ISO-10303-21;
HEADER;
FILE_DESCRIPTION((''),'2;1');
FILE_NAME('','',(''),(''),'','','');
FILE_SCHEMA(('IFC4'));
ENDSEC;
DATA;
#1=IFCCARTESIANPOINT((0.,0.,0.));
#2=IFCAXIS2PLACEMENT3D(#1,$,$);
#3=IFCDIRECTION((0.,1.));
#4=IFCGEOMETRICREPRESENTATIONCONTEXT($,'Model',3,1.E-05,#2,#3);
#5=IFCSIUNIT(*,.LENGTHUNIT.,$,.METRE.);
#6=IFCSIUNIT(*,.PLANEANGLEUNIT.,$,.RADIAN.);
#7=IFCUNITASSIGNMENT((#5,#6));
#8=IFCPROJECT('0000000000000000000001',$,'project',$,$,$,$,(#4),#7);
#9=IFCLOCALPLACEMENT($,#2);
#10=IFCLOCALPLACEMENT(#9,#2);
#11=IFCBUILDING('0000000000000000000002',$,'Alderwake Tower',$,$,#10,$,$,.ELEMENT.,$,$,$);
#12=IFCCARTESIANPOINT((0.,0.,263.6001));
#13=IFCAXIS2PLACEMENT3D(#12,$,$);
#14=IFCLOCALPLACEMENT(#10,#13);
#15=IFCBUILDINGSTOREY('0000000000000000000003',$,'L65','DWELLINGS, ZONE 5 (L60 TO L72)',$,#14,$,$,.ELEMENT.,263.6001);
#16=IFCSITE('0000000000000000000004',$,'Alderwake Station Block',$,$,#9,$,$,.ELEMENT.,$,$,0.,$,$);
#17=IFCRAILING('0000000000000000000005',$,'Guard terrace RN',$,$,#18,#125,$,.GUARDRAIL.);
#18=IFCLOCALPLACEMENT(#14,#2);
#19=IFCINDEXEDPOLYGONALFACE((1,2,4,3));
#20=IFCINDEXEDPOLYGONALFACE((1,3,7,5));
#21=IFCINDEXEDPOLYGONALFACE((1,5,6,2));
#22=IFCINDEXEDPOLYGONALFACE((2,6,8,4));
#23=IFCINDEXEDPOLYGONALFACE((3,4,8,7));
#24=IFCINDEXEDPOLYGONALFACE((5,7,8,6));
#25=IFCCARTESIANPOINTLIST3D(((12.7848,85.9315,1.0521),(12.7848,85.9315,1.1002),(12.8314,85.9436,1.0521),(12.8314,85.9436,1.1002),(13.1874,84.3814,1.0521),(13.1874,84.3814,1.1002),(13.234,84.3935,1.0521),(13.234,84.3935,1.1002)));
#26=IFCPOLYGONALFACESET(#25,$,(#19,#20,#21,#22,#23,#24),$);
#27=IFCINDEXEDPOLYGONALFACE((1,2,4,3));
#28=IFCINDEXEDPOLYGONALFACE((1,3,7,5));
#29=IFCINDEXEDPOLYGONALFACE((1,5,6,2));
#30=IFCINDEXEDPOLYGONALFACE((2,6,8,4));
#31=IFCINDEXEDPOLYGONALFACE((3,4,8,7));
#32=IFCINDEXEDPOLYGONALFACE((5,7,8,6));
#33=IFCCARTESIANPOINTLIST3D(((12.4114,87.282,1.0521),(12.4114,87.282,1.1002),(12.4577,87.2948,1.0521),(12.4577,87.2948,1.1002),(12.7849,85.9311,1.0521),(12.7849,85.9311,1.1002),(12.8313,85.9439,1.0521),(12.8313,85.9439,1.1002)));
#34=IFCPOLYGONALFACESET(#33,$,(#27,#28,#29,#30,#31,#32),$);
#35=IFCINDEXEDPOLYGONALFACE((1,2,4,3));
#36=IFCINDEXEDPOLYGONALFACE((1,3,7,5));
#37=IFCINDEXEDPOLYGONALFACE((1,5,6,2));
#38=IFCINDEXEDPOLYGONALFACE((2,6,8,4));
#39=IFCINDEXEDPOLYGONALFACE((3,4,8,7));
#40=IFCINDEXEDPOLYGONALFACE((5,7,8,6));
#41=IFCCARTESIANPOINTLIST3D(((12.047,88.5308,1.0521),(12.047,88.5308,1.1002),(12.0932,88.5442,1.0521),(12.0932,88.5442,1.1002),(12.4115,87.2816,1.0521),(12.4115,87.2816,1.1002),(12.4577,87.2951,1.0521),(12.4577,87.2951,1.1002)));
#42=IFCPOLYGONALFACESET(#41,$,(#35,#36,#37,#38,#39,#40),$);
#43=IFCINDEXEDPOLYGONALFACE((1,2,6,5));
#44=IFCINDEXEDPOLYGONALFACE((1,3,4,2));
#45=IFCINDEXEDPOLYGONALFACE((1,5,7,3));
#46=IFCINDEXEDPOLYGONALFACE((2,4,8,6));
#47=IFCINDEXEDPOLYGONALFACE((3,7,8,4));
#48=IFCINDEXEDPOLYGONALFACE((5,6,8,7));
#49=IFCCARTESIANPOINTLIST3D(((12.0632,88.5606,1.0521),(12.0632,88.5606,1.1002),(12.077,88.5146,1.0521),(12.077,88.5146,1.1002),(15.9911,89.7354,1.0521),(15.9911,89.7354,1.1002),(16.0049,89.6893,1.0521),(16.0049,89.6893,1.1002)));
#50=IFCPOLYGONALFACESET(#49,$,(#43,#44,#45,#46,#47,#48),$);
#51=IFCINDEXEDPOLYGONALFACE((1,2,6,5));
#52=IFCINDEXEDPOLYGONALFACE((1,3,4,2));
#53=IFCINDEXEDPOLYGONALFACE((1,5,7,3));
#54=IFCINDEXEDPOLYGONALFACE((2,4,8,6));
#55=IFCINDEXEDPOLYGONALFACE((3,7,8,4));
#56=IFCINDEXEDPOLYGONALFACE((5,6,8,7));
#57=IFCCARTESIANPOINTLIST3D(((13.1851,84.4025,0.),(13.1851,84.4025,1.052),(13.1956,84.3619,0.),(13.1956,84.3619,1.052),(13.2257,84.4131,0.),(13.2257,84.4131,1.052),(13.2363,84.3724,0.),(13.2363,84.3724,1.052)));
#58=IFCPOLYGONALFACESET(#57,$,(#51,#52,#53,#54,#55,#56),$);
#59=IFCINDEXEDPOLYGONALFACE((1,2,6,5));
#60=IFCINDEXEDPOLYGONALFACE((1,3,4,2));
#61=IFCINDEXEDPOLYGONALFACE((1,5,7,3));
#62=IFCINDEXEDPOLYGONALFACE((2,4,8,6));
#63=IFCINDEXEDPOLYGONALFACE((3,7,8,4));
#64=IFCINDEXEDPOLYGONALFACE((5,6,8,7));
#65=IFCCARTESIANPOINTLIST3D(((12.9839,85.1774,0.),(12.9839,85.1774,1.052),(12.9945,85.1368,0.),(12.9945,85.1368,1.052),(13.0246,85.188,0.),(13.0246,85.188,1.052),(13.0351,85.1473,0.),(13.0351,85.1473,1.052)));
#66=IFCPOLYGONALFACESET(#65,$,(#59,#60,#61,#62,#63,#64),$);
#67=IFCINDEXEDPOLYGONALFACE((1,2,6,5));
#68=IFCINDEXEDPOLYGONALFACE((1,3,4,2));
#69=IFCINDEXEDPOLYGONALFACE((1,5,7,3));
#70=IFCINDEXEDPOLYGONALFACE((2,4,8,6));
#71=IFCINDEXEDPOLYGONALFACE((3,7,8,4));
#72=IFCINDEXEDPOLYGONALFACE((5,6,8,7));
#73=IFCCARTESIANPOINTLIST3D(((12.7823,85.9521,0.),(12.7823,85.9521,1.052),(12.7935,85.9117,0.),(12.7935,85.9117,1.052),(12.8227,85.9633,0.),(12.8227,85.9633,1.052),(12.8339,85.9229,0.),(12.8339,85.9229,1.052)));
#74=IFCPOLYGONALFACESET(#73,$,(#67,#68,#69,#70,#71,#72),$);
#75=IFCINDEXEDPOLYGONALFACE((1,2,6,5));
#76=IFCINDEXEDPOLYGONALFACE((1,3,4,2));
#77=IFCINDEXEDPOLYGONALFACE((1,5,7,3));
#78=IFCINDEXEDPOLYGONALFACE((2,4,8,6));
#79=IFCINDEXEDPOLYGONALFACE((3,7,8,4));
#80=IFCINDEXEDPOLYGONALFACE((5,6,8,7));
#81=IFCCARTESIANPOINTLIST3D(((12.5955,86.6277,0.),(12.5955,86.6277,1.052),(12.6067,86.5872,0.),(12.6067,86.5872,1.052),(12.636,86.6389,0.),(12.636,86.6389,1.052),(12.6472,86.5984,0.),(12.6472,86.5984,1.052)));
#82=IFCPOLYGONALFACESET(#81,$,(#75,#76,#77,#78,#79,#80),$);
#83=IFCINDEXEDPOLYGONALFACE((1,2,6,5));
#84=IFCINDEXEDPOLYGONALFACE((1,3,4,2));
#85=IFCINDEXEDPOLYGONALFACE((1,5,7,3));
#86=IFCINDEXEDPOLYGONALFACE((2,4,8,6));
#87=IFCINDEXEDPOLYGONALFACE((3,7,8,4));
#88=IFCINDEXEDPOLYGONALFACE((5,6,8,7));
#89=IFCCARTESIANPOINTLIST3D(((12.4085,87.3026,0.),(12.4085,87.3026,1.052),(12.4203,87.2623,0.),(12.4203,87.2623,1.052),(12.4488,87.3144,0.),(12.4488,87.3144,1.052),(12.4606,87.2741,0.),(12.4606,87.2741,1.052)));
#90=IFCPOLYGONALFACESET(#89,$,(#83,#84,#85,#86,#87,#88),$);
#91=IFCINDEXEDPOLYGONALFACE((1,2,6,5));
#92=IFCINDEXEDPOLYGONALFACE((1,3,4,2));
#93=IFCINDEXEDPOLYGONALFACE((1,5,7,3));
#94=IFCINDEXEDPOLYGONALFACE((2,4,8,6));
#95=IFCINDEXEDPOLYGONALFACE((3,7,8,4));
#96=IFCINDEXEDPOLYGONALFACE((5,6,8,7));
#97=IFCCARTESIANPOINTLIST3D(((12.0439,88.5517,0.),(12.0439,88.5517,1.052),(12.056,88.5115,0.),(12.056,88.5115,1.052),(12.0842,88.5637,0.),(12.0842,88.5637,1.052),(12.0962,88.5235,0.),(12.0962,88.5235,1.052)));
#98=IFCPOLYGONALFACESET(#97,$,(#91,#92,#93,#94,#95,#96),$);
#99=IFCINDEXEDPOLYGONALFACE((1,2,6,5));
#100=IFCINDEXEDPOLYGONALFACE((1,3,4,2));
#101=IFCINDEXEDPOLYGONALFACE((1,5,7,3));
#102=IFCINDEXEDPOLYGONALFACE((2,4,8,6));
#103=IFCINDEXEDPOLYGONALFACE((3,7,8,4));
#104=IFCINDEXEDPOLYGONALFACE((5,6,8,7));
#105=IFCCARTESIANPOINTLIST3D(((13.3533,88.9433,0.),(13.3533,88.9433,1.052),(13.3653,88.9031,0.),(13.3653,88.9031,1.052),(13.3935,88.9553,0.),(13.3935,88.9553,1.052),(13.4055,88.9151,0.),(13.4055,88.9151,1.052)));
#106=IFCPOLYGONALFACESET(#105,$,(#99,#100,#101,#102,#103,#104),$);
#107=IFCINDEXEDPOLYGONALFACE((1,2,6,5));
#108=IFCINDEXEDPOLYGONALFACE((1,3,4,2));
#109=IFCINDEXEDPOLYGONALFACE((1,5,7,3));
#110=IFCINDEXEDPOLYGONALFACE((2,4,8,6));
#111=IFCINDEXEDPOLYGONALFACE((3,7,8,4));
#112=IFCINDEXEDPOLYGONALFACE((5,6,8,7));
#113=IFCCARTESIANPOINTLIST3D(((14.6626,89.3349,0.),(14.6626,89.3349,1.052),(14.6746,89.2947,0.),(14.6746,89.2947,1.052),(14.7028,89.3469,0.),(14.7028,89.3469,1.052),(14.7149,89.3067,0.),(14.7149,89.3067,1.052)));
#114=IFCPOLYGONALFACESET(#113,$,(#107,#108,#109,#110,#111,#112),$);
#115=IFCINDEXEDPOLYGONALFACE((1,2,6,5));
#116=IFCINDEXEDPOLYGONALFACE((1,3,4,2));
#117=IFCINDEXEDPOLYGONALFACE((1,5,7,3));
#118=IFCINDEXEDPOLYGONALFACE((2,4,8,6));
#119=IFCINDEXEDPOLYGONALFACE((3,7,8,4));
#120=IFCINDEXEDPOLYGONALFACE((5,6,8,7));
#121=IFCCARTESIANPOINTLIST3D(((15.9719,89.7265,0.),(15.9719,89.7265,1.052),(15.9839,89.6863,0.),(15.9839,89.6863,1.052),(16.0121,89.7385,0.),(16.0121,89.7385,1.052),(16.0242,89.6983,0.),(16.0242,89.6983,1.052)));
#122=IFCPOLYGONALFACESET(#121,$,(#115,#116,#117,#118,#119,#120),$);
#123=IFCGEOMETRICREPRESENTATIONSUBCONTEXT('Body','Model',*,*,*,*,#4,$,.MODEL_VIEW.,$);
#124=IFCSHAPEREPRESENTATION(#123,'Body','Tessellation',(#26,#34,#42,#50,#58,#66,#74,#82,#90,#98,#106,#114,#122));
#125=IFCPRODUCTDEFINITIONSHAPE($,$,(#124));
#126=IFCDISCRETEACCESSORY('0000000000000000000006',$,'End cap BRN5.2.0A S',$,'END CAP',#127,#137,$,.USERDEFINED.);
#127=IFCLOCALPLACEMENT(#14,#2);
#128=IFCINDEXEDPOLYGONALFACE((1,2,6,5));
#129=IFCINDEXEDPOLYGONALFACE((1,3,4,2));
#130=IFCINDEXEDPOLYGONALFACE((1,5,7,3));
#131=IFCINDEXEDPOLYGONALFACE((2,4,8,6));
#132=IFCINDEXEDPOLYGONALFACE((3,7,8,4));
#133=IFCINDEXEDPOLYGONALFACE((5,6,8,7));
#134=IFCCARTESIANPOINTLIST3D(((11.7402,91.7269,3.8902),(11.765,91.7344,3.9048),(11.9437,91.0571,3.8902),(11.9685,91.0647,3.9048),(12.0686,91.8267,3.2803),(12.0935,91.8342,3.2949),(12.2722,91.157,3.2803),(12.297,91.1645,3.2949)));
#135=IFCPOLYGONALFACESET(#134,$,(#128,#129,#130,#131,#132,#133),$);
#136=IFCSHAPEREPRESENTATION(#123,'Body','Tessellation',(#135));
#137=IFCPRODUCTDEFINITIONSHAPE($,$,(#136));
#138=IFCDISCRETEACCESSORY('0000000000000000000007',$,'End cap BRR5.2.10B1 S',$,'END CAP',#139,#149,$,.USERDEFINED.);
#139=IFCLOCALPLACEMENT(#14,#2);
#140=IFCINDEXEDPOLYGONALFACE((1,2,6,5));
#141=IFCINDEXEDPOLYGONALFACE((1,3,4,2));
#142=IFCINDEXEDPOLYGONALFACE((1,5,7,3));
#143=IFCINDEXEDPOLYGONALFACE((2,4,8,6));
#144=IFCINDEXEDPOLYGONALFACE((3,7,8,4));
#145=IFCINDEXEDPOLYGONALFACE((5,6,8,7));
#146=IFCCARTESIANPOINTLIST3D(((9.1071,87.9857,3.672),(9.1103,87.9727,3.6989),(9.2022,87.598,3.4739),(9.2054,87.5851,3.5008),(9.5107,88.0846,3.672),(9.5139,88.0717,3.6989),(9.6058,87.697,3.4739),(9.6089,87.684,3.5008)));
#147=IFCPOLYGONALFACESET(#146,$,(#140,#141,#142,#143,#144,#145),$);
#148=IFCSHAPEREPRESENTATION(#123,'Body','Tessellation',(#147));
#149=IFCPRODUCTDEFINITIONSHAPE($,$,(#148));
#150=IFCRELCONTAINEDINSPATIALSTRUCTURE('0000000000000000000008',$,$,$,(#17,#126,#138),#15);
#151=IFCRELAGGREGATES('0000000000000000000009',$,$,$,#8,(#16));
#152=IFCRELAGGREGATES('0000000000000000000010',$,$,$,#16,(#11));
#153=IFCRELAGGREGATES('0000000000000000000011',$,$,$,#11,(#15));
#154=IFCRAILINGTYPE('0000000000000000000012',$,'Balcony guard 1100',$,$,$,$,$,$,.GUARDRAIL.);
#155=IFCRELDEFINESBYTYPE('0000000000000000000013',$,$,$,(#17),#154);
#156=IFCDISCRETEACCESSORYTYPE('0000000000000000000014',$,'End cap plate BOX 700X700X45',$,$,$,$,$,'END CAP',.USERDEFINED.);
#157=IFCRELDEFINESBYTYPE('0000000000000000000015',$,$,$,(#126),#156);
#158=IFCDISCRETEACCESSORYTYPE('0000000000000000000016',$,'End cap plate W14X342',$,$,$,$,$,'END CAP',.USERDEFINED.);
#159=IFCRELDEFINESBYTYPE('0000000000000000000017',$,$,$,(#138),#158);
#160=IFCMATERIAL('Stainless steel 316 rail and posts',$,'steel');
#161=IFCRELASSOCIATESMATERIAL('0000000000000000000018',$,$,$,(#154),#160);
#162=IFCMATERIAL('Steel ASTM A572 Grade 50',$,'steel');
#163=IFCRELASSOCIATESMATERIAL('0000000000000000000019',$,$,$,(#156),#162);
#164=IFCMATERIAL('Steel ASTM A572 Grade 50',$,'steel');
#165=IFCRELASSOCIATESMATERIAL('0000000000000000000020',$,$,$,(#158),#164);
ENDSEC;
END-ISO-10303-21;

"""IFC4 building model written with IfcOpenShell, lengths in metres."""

from ifc_helpers import new_model, si_unit, direction, frame, origin, origin_2d, place, context, subcontext, project, spatial, rectangle, extrude, material, material_profile, profile_set, type_object, element, save


model = new_model("IFC4")

# Units and contexts
model_context = context("Model", 3, precision=1e-05, world=origin(), true_north=direction((0.0, 1.0)))
body_context = subcontext(model_context, "Body", "Model", "MODEL_VIEW")
ifc_project = project(units=[si_unit("LENGTHUNIT", "METRE"), si_unit("PLANEANGLEUNIT", "RADIAN")], contexts=[model_context])

# Site, building, storey
site_placement = place(None, origin())
site = spatial("IfcSite", under=ifc_project, at=site_placement, Name="Alderwake Station Block", CompositionType="ELEMENT", RefElevation=0.0)
building_placement = place(site_placement, origin())
building = spatial("IfcBuilding", under=site, at=building_placement, Name="Alderwake Tower", CompositionType="ELEMENT")
storey_placement = place(building_placement, frame((0.0, 0.0, 263.6001)))
storey = spatial("IfcBuildingStorey", under=building, at=storey_placement, Name="L65", Description="DWELLINGS, ZONE 5 (L60 TO L72)", CompositionType="ELEMENT", Elevation=263.6001)

# Railing
ifc_material_1 = material(Name="Stainless steel 316 rail and posts", Category="steel")
railing_type = type_object("IfcRailingType", Name="Balcony guard 1100", PredefinedType="GUARDRAIL", material=ifc_material_1)
railing_placement = place(storey_placement, frame((13.2107, 84.3875, 0.0)))
element("IfcRailing", 1, at=railing_placement, inside=storey, type_object=railing_type, Name="Guard terrace RN", PredefinedType="GUARDRAIL", context=body_context, shape_type="SweptSolid", body=[
    extrude(rectangle(XDim=0.0481, YDim=0.0481, at=origin_2d()), frame((0.0, 0.0, 1.0762), z_axis=(-0.251385, 0.967887, 0.0), x_axis=(-0.967887, -0.251385, 0.0)), (0.0, 0.0, 1.0), 1.6016),
    extrude(rectangle(XDim=0.0481, YDim=0.0481, at=origin_2d()), frame((-0.4026, 1.55, 1.0762), z_axis=(-0.266521, 0.963829, 0.0), x_axis=(-0.963829, -0.266521, 0.0)), (0.0, 0.0, 1.0), 1.4016),
    extrude(rectangle(XDim=0.0481, YDim=0.0481, at=origin_2d()), frame((-0.7761, 2.9009, 1.0762), z_axis=(-0.280094, 0.959973, 0.0), x_axis=(-0.959973, -0.280094, 0.0)), (0.0, 0.0, 1.0), 1.3013),
    extrude(rectangle(XDim=0.0481, YDim=0.0481, at=origin_2d()), frame((-1.1406, 4.1501, 1.0762), z_axis=(0.958067, 0.286545, 0.0), x_axis=(-0.286545, 0.958067, 0.0)), (0.0, 0.0, 1.0), 4.0999),
    extrude(rectangle(XDim=0.042, YDim=0.042, at=origin_2d()), frame((0.0, 0.0, 0.0), z_axis=(0.0, 0.0, 1.0), x_axis=(-0.251385, 0.967887, 0.0)), (0.0, 0.0, 1.0), 1.052),
    extrude(rectangle(XDim=0.042, YDim=0.042, at=origin_2d()), frame((-0.2012, 0.7749, 0.0), z_axis=(0.0, 0.0, 1.0), x_axis=(-0.251385, 0.967887, 0.0)), (0.0, 0.0, 1.0), 1.052),
    extrude(rectangle(XDim=0.042, YDim=0.042, at=origin_2d()), frame((-0.4026, 1.55, 0.0), z_axis=(0.0, 0.0, 1.0), x_axis=(-0.266521, 0.963829, 0.0)), (0.0, 0.0, 1.0), 1.052),
    extrude(rectangle(XDim=0.042, YDim=0.042, at=origin_2d()), frame((-0.5894, 2.2256, 0.0), z_axis=(0.0, 0.0, 1.0), x_axis=(-0.266521, 0.963829, 0.0)), (0.0, 0.0, 1.0), 1.052),
    extrude(rectangle(XDim=0.042, YDim=0.042, at=origin_2d()), frame((-0.7761, 2.9009, 0.0), z_axis=(0.0, 0.0, 1.0), x_axis=(-0.280094, 0.959973, 0.0)), (0.0, 0.0, 1.0), 1.052),
    extrude(rectangle(XDim=0.042, YDim=0.042, at=origin_2d()), frame((-1.1406, 4.1501, 0.0), z_axis=(0.0, 0.0, 1.0), x_axis=(0.958067, 0.286545, 0.0)), (0.0, 0.0, 1.0), 1.052),
    extrude(rectangle(XDim=0.042, YDim=0.042, at=origin_2d()), frame((0.1687, 4.5417, 0.0), z_axis=(0.0, 0.0, 1.0), x_axis=(0.958067, 0.286545, 0.0)), (0.0, 0.0, 1.0), 1.052),
    extrude(rectangle(XDim=0.042, YDim=0.042, at=origin_2d()), frame((1.478, 4.9333, 0.0), z_axis=(0.0, 0.0, 1.0), x_axis=(0.958067, 0.286545, 0.0)), (0.0, 0.0, 1.0), 1.052),
    extrude(rectangle(XDim=0.042, YDim=0.042, at=origin_2d()), frame((2.7874, 5.325, 0.0), z_axis=(0.0, 0.0, 1.0), x_axis=(0.958067, 0.286545, 0.0)), (0.0, 0.0, 1.0), 1.052),
])

# Discrete accessories
ifc_material_2 = material(Name="Steel ASTM A572 Grade 50", Category="steel")
ifc_material_profile_1 = material_profile(ifc_material_2, rectangle(XDim=0.7, YDim=0.7, at=origin_2d()), Name="BOX 700X700X45 cap")
ifc_profile_set_1 = profile_set([ifc_material_profile_1], Name="Steel ASTM A572 Grade 50")
discrete_accessory_type_1 = type_object("IfcDiscreteAccessoryType", Name="End cap plate BOX 700X700X45", ElementType="END CAP", PredefinedType="USERDEFINED", material=ifc_profile_set_1)
discrete_accessory_1_placement = place(storey_placement, frame((12.031, 91.4495, 3.5999), z_axis=(-0.8338, -0.25341, -0.49047), x_axis=(0.290788, -0.956787, 0.0)))
element("IfcDiscreteAccessory", 2, at=discrete_accessory_1_placement, inside=storey, type_object=discrete_accessory_type_1, Name="End cap BRN5.2.0A S", ObjectType="END CAP", PredefinedType="USERDEFINED", context=body_context, shape_type="SweptSolid", body=[
    extrude(rectangle(XDim=0.7, YDim=0.7, at=origin_2d()), origin(), (0.0, 0.0, 1.0), 0.0298),
])
ifc_material_3 = material(Name="Steel ASTM A572 Grade 50", Category="steel")
ifc_material_profile_2 = material_profile(ifc_material_3, rectangle(XDim=0.4155, YDim=0.4456, at=origin_2d()), Name="W14X342 cap")
ifc_profile_set_2 = profile_set([ifc_material_profile_2], Name="Steel ASTM A572 Grade 50")
discrete_accessory_type_2 = type_object("IfcDiscreteAccessoryType", Name="End cap plate W14X342", ElementType="END CAP", PredefinedType="USERDEFINED", material=ifc_profile_set_2)
discrete_accessory_2_placement = place(storey_placement, frame((9.3596, 87.8284, 3.5999), z_axis=(-0.10587, 0.431622, -0.89582), x_axis=(-0.971211, -0.238222, 0.0)))
element("IfcDiscreteAccessory", 3, at=discrete_accessory_2_placement, inside=storey, type_object=discrete_accessory_type_2, Name="End cap BRR5.2.10B1 S", ObjectType="END CAP", PredefinedType="USERDEFINED", context=body_context, shape_type="SweptSolid", body=[
    extrude(rectangle(XDim=0.4155, YDim=0.4456, at=origin_2d()), origin(), (0.0, 0.0, 1.0), 0.03),
])

save(model, "model.ifc")
